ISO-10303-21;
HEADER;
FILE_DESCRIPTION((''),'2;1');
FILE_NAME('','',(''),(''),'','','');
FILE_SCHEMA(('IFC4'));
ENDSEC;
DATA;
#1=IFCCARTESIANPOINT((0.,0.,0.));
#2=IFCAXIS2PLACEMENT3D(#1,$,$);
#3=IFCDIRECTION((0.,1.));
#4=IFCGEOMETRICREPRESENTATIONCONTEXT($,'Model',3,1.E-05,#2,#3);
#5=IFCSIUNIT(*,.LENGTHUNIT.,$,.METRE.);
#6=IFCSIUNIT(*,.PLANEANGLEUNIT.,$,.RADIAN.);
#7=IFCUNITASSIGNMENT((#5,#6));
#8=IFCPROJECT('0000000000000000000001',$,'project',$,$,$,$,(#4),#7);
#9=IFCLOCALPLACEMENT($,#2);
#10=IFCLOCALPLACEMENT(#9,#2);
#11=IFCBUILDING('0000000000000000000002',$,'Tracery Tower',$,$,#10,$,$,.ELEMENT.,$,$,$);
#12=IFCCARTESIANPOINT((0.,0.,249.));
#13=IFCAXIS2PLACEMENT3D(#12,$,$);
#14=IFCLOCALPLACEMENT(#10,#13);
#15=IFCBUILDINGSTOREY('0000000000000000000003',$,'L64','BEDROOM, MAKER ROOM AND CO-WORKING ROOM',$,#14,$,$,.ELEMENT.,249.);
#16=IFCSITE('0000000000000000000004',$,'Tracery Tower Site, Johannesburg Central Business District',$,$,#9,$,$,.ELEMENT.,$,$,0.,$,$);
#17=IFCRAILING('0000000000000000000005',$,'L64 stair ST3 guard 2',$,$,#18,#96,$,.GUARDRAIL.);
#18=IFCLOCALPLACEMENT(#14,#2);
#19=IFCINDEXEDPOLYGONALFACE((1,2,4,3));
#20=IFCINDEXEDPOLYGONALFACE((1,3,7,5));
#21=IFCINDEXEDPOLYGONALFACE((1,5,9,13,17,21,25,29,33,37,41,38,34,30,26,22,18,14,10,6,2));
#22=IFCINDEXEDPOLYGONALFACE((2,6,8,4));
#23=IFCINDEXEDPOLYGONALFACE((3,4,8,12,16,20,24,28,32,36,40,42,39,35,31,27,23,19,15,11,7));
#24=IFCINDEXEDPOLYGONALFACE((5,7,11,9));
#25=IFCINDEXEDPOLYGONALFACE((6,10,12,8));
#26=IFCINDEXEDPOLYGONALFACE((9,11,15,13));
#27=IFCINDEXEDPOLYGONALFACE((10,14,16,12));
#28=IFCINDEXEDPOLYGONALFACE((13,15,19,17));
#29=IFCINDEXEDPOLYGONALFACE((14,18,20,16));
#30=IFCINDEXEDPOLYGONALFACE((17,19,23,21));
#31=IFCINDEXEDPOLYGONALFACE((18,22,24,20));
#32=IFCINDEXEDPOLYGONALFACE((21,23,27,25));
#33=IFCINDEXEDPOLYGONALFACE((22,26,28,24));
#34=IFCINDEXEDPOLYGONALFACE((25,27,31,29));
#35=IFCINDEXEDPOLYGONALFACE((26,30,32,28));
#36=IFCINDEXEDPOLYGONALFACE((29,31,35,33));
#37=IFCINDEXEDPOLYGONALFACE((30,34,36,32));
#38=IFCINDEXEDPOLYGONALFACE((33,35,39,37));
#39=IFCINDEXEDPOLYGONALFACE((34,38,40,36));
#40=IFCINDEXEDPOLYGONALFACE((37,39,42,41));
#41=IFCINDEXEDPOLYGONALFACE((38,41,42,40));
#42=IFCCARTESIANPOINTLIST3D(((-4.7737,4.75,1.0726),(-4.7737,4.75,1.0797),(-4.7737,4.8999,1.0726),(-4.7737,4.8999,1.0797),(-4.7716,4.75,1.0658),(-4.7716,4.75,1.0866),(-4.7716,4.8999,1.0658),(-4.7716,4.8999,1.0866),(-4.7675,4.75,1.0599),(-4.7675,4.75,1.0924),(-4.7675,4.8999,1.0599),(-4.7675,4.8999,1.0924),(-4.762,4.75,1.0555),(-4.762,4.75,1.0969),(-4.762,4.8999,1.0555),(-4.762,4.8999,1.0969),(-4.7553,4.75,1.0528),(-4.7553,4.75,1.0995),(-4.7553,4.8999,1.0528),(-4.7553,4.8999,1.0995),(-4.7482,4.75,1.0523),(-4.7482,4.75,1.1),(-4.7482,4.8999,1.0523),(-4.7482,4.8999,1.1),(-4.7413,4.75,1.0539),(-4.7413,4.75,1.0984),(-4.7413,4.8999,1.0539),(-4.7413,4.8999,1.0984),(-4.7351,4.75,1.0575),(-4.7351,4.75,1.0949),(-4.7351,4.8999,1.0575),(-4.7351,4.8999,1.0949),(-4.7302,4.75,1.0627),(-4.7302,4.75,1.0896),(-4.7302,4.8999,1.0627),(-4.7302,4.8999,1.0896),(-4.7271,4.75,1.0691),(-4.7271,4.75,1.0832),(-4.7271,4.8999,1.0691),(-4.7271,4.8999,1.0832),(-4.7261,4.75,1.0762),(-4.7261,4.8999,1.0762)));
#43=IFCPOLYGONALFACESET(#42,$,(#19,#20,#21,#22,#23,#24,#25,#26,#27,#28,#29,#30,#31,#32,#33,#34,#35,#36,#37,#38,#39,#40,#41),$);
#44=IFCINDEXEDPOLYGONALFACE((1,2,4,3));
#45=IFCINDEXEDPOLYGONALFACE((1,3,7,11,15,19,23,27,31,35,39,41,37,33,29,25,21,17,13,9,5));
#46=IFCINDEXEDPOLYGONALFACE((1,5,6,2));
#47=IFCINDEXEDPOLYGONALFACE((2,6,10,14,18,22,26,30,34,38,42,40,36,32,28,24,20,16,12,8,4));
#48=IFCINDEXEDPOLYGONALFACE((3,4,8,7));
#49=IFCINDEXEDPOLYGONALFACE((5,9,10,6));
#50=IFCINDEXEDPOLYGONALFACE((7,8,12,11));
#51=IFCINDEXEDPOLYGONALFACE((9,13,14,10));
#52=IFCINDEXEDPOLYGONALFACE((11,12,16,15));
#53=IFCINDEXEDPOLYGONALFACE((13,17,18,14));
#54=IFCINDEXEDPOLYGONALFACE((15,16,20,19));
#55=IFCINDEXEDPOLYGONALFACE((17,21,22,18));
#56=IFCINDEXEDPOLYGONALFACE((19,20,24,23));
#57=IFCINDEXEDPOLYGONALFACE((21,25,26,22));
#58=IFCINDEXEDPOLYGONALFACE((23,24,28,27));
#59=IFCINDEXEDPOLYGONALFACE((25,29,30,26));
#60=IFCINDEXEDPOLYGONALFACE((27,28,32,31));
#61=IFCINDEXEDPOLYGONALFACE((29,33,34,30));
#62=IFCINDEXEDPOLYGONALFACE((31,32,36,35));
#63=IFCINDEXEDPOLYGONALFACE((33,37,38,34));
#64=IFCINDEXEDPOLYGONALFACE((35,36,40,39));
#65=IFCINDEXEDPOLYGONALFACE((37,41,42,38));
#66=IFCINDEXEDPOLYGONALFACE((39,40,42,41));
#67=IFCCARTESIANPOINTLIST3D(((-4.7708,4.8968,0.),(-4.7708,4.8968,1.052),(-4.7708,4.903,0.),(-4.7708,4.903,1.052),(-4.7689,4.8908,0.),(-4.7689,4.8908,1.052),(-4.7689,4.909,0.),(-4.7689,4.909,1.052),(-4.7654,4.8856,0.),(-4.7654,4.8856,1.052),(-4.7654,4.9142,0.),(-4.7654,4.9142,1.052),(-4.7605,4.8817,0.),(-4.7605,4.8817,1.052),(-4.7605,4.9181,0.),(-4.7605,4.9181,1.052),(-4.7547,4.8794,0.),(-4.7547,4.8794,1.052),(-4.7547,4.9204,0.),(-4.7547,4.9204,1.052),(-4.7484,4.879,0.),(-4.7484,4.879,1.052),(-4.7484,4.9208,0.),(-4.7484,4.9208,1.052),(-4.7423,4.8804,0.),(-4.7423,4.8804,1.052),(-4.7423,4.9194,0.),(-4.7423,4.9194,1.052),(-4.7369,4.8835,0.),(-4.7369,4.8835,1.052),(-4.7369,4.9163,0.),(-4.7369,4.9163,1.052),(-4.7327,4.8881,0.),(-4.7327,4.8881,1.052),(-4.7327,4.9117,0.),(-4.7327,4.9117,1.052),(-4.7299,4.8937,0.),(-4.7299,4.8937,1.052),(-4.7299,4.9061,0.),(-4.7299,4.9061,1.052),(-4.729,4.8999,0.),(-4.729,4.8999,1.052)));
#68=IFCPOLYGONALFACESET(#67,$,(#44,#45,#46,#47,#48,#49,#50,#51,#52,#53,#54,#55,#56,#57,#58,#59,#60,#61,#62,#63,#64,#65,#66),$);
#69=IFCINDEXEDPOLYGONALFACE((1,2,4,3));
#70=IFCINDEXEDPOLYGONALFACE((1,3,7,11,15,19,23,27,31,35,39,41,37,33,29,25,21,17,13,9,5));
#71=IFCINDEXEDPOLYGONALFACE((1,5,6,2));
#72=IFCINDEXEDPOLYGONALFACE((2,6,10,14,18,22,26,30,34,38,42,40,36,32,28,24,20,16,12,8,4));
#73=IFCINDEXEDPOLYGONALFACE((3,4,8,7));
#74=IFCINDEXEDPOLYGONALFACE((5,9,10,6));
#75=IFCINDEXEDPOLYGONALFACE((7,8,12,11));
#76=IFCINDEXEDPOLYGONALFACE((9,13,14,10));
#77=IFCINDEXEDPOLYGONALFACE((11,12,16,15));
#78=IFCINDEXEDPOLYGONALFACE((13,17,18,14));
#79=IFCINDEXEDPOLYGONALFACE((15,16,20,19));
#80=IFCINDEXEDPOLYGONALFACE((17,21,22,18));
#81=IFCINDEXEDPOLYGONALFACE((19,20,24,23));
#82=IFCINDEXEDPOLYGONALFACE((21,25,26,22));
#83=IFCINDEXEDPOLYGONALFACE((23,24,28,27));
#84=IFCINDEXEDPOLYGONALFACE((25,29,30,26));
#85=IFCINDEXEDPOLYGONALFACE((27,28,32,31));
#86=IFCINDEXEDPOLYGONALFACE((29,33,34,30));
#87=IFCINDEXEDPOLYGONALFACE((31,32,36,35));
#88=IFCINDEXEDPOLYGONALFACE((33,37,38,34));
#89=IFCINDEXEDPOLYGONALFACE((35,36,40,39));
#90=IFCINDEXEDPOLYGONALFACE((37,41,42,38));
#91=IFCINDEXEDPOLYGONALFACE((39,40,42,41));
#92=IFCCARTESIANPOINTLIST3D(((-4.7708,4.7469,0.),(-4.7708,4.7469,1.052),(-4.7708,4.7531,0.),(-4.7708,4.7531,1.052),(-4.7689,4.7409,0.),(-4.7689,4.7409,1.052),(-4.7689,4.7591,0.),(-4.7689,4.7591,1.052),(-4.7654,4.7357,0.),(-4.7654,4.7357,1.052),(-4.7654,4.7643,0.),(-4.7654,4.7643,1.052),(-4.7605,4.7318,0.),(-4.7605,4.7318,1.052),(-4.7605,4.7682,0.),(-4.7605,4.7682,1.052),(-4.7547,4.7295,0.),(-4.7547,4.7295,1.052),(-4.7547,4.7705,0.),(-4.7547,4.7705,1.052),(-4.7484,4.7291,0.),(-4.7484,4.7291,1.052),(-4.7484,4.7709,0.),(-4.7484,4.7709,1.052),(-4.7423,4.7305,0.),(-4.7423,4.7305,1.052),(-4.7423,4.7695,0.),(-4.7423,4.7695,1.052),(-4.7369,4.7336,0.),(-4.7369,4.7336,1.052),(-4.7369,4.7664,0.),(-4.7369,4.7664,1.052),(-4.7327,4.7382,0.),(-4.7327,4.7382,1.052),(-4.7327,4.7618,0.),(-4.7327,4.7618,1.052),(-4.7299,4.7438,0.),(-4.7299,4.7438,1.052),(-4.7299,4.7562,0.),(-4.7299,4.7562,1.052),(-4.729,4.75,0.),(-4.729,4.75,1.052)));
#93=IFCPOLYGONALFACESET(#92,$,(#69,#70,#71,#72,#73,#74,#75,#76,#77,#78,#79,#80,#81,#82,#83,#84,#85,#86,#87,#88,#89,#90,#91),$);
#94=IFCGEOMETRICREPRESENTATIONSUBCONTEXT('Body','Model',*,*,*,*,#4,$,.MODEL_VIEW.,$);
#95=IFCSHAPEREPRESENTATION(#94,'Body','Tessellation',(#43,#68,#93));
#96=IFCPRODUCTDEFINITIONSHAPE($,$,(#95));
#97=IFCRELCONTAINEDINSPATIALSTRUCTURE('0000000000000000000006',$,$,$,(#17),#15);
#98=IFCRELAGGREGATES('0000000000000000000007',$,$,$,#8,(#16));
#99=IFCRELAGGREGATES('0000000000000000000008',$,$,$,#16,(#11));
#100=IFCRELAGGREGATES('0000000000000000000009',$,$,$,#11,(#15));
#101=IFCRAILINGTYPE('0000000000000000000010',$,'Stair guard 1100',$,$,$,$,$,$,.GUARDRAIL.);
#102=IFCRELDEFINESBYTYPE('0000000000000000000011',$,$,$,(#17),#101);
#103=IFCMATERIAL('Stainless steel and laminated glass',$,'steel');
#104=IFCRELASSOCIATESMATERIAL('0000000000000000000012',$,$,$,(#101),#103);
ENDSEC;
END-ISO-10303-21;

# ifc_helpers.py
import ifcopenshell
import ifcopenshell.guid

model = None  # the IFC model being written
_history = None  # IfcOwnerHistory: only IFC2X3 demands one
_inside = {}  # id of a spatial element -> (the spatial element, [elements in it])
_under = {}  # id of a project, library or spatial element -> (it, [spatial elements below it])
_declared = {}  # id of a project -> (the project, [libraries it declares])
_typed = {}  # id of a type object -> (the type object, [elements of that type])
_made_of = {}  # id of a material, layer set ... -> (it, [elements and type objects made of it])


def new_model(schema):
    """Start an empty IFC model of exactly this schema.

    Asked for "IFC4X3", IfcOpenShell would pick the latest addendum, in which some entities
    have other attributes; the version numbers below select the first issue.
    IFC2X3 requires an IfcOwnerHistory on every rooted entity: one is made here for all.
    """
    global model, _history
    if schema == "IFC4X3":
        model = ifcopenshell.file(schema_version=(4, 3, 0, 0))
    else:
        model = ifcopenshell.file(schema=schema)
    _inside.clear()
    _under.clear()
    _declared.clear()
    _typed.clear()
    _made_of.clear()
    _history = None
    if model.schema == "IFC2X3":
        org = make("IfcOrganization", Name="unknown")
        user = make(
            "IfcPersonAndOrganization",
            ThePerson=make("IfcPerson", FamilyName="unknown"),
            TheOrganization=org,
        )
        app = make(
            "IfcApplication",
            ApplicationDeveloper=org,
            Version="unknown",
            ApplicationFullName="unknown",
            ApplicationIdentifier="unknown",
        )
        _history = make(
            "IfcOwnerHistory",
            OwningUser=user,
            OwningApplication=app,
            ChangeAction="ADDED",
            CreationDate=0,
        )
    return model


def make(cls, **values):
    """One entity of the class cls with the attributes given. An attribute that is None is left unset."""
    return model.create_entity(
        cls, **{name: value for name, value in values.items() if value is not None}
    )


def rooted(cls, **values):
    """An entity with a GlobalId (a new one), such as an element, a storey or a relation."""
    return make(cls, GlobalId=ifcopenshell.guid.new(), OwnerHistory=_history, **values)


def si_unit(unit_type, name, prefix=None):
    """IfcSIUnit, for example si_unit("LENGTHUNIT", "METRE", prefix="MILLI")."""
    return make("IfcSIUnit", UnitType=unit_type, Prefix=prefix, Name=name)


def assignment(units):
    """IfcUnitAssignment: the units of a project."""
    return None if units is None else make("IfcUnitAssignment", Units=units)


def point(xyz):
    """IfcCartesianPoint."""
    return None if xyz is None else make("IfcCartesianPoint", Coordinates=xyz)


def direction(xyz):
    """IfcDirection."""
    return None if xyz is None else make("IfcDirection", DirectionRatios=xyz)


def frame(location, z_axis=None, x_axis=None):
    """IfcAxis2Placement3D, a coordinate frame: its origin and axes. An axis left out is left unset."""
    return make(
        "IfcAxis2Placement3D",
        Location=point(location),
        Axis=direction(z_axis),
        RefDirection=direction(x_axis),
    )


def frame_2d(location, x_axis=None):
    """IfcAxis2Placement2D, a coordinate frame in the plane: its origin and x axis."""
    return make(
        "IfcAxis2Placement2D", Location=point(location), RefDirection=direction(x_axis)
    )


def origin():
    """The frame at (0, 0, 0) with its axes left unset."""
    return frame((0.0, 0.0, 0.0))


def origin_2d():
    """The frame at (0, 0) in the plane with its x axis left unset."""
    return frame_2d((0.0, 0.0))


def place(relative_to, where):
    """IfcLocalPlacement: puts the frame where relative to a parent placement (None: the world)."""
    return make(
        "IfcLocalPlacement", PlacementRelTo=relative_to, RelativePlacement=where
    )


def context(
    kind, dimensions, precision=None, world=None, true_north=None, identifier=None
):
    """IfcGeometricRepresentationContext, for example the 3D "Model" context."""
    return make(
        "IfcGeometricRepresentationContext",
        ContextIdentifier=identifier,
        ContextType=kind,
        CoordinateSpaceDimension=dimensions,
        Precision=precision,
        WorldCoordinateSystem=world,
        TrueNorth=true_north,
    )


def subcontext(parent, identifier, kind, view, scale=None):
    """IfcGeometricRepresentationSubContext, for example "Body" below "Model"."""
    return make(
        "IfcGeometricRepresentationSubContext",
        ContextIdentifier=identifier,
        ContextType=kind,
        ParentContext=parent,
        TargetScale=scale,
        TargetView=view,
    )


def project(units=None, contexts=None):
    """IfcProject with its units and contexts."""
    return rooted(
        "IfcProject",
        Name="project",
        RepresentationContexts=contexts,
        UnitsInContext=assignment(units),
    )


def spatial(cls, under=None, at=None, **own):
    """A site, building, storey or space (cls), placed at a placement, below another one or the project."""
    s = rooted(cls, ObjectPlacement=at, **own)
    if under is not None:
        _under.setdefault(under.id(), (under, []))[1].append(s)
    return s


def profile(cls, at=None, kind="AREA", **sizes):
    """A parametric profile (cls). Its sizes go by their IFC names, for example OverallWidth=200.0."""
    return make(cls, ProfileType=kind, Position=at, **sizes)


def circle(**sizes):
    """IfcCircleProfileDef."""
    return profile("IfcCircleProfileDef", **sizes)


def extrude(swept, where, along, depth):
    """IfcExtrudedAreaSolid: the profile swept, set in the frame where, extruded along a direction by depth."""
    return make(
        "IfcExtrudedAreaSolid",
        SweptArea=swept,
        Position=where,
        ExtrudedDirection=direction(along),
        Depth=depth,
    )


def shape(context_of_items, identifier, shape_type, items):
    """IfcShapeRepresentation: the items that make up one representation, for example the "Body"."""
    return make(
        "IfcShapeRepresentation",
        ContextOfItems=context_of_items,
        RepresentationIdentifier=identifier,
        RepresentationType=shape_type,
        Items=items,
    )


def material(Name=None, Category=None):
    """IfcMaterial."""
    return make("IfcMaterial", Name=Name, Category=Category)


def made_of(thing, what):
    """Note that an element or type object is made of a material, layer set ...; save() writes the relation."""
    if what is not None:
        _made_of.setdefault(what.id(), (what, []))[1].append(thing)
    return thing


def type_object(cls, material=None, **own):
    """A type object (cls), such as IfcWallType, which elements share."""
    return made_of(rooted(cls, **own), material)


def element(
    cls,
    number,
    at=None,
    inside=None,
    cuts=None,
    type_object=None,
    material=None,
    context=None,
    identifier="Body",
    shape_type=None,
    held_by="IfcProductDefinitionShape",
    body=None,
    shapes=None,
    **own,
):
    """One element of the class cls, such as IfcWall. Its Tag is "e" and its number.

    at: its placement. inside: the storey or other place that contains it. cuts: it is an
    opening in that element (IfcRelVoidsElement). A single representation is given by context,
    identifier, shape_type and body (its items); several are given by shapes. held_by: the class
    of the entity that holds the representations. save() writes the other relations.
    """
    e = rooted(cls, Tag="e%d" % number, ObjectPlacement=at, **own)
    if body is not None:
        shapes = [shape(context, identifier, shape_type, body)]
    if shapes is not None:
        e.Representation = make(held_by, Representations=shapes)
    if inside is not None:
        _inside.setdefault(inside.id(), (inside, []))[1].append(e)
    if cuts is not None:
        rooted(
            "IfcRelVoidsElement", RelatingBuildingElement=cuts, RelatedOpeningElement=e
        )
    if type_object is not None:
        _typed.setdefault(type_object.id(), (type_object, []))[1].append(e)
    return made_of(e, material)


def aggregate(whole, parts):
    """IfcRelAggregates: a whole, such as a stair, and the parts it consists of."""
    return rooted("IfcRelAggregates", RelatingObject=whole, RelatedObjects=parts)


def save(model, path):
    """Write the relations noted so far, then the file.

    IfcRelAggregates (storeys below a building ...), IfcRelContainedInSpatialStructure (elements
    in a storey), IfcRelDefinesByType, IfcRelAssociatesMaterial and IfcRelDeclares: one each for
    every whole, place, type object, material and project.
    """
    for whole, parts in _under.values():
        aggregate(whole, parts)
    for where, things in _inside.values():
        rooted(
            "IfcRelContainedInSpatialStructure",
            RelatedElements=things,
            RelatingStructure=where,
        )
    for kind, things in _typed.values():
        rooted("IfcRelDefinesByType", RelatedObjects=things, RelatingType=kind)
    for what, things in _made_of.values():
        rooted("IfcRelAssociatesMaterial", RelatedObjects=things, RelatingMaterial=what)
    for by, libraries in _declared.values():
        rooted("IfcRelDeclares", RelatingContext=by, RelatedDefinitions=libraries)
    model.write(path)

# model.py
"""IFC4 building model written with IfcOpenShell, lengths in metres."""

from ifc_helpers import new_model, si_unit, direction, frame, origin, origin_2d, place, context, subcontext, project, spatial, circle, extrude, material, type_object, element, save


model = new_model("IFC4")

# Units and contexts
model_context = context("Model", 3, precision=1e-05, world=origin(), true_north=direction((0.0, 1.0)))
body_context = subcontext(model_context, "Body", "Model", "MODEL_VIEW")
ifc_project = project(units=[si_unit("LENGTHUNIT", "METRE"), si_unit("PLANEANGLEUNIT", "RADIAN")], contexts=[model_context])

# Site, building, storey
site_placement = place(None, origin())
site = spatial("IfcSite", under=ifc_project, at=site_placement, Name="Tracery Tower Site, Johannesburg Central Business District", CompositionType="ELEMENT", RefElevation=0.0)
building_placement = place(site_placement, origin())
building = spatial("IfcBuilding", under=site, at=building_placement, Name="Tracery Tower", CompositionType="ELEMENT")
storey_placement = place(building_placement, frame((0.0, 0.0, 249.0)))
storey = spatial("IfcBuildingStorey", under=building, at=storey_placement, Name="L64", Description="BEDROOM, MAKER ROOM AND CO-WORKING ROOM", CompositionType="ELEMENT", Elevation=249.0)

# Railing
ifc_material_1 = material(Name="Stainless steel and laminated glass", Category="steel")
railing_type_1 = type_object("IfcRailingType", Name="Stair guard 1100", PredefinedType="GUARDRAIL", material=ifc_material_1)
railing_1_placement = place(storey_placement, frame((-4.75, 4.8999, 0.0)))
element("IfcRailing", 1, at=railing_1_placement, inside=storey, type_object=railing_type_1, Name="L64 stair ST3 guard 2", PredefinedType="GUARDRAIL", context=body_context, shape_type="SweptSolid", body=[
    extrude(circle(Radius=0.0239, at=origin_2d()), frame((0.0, 0.0, 1.0762), z_axis=(0.0, -1.0, 0.0), x_axis=(1.0, 0.0, 0.0)), (0.0, 0.0, 1.0), 0.1499),
    extrude(circle(Radius=0.021, at=origin_2d()), origin(), (0.0, 0.0, 1.0), 1.052),
    extrude(circle(Radius=0.021, at=origin_2d()), frame((0.0, -0.1499, 0.0)), (0.0, 0.0, 1.0), 1.052),
])

save(model, "model.ifc")
